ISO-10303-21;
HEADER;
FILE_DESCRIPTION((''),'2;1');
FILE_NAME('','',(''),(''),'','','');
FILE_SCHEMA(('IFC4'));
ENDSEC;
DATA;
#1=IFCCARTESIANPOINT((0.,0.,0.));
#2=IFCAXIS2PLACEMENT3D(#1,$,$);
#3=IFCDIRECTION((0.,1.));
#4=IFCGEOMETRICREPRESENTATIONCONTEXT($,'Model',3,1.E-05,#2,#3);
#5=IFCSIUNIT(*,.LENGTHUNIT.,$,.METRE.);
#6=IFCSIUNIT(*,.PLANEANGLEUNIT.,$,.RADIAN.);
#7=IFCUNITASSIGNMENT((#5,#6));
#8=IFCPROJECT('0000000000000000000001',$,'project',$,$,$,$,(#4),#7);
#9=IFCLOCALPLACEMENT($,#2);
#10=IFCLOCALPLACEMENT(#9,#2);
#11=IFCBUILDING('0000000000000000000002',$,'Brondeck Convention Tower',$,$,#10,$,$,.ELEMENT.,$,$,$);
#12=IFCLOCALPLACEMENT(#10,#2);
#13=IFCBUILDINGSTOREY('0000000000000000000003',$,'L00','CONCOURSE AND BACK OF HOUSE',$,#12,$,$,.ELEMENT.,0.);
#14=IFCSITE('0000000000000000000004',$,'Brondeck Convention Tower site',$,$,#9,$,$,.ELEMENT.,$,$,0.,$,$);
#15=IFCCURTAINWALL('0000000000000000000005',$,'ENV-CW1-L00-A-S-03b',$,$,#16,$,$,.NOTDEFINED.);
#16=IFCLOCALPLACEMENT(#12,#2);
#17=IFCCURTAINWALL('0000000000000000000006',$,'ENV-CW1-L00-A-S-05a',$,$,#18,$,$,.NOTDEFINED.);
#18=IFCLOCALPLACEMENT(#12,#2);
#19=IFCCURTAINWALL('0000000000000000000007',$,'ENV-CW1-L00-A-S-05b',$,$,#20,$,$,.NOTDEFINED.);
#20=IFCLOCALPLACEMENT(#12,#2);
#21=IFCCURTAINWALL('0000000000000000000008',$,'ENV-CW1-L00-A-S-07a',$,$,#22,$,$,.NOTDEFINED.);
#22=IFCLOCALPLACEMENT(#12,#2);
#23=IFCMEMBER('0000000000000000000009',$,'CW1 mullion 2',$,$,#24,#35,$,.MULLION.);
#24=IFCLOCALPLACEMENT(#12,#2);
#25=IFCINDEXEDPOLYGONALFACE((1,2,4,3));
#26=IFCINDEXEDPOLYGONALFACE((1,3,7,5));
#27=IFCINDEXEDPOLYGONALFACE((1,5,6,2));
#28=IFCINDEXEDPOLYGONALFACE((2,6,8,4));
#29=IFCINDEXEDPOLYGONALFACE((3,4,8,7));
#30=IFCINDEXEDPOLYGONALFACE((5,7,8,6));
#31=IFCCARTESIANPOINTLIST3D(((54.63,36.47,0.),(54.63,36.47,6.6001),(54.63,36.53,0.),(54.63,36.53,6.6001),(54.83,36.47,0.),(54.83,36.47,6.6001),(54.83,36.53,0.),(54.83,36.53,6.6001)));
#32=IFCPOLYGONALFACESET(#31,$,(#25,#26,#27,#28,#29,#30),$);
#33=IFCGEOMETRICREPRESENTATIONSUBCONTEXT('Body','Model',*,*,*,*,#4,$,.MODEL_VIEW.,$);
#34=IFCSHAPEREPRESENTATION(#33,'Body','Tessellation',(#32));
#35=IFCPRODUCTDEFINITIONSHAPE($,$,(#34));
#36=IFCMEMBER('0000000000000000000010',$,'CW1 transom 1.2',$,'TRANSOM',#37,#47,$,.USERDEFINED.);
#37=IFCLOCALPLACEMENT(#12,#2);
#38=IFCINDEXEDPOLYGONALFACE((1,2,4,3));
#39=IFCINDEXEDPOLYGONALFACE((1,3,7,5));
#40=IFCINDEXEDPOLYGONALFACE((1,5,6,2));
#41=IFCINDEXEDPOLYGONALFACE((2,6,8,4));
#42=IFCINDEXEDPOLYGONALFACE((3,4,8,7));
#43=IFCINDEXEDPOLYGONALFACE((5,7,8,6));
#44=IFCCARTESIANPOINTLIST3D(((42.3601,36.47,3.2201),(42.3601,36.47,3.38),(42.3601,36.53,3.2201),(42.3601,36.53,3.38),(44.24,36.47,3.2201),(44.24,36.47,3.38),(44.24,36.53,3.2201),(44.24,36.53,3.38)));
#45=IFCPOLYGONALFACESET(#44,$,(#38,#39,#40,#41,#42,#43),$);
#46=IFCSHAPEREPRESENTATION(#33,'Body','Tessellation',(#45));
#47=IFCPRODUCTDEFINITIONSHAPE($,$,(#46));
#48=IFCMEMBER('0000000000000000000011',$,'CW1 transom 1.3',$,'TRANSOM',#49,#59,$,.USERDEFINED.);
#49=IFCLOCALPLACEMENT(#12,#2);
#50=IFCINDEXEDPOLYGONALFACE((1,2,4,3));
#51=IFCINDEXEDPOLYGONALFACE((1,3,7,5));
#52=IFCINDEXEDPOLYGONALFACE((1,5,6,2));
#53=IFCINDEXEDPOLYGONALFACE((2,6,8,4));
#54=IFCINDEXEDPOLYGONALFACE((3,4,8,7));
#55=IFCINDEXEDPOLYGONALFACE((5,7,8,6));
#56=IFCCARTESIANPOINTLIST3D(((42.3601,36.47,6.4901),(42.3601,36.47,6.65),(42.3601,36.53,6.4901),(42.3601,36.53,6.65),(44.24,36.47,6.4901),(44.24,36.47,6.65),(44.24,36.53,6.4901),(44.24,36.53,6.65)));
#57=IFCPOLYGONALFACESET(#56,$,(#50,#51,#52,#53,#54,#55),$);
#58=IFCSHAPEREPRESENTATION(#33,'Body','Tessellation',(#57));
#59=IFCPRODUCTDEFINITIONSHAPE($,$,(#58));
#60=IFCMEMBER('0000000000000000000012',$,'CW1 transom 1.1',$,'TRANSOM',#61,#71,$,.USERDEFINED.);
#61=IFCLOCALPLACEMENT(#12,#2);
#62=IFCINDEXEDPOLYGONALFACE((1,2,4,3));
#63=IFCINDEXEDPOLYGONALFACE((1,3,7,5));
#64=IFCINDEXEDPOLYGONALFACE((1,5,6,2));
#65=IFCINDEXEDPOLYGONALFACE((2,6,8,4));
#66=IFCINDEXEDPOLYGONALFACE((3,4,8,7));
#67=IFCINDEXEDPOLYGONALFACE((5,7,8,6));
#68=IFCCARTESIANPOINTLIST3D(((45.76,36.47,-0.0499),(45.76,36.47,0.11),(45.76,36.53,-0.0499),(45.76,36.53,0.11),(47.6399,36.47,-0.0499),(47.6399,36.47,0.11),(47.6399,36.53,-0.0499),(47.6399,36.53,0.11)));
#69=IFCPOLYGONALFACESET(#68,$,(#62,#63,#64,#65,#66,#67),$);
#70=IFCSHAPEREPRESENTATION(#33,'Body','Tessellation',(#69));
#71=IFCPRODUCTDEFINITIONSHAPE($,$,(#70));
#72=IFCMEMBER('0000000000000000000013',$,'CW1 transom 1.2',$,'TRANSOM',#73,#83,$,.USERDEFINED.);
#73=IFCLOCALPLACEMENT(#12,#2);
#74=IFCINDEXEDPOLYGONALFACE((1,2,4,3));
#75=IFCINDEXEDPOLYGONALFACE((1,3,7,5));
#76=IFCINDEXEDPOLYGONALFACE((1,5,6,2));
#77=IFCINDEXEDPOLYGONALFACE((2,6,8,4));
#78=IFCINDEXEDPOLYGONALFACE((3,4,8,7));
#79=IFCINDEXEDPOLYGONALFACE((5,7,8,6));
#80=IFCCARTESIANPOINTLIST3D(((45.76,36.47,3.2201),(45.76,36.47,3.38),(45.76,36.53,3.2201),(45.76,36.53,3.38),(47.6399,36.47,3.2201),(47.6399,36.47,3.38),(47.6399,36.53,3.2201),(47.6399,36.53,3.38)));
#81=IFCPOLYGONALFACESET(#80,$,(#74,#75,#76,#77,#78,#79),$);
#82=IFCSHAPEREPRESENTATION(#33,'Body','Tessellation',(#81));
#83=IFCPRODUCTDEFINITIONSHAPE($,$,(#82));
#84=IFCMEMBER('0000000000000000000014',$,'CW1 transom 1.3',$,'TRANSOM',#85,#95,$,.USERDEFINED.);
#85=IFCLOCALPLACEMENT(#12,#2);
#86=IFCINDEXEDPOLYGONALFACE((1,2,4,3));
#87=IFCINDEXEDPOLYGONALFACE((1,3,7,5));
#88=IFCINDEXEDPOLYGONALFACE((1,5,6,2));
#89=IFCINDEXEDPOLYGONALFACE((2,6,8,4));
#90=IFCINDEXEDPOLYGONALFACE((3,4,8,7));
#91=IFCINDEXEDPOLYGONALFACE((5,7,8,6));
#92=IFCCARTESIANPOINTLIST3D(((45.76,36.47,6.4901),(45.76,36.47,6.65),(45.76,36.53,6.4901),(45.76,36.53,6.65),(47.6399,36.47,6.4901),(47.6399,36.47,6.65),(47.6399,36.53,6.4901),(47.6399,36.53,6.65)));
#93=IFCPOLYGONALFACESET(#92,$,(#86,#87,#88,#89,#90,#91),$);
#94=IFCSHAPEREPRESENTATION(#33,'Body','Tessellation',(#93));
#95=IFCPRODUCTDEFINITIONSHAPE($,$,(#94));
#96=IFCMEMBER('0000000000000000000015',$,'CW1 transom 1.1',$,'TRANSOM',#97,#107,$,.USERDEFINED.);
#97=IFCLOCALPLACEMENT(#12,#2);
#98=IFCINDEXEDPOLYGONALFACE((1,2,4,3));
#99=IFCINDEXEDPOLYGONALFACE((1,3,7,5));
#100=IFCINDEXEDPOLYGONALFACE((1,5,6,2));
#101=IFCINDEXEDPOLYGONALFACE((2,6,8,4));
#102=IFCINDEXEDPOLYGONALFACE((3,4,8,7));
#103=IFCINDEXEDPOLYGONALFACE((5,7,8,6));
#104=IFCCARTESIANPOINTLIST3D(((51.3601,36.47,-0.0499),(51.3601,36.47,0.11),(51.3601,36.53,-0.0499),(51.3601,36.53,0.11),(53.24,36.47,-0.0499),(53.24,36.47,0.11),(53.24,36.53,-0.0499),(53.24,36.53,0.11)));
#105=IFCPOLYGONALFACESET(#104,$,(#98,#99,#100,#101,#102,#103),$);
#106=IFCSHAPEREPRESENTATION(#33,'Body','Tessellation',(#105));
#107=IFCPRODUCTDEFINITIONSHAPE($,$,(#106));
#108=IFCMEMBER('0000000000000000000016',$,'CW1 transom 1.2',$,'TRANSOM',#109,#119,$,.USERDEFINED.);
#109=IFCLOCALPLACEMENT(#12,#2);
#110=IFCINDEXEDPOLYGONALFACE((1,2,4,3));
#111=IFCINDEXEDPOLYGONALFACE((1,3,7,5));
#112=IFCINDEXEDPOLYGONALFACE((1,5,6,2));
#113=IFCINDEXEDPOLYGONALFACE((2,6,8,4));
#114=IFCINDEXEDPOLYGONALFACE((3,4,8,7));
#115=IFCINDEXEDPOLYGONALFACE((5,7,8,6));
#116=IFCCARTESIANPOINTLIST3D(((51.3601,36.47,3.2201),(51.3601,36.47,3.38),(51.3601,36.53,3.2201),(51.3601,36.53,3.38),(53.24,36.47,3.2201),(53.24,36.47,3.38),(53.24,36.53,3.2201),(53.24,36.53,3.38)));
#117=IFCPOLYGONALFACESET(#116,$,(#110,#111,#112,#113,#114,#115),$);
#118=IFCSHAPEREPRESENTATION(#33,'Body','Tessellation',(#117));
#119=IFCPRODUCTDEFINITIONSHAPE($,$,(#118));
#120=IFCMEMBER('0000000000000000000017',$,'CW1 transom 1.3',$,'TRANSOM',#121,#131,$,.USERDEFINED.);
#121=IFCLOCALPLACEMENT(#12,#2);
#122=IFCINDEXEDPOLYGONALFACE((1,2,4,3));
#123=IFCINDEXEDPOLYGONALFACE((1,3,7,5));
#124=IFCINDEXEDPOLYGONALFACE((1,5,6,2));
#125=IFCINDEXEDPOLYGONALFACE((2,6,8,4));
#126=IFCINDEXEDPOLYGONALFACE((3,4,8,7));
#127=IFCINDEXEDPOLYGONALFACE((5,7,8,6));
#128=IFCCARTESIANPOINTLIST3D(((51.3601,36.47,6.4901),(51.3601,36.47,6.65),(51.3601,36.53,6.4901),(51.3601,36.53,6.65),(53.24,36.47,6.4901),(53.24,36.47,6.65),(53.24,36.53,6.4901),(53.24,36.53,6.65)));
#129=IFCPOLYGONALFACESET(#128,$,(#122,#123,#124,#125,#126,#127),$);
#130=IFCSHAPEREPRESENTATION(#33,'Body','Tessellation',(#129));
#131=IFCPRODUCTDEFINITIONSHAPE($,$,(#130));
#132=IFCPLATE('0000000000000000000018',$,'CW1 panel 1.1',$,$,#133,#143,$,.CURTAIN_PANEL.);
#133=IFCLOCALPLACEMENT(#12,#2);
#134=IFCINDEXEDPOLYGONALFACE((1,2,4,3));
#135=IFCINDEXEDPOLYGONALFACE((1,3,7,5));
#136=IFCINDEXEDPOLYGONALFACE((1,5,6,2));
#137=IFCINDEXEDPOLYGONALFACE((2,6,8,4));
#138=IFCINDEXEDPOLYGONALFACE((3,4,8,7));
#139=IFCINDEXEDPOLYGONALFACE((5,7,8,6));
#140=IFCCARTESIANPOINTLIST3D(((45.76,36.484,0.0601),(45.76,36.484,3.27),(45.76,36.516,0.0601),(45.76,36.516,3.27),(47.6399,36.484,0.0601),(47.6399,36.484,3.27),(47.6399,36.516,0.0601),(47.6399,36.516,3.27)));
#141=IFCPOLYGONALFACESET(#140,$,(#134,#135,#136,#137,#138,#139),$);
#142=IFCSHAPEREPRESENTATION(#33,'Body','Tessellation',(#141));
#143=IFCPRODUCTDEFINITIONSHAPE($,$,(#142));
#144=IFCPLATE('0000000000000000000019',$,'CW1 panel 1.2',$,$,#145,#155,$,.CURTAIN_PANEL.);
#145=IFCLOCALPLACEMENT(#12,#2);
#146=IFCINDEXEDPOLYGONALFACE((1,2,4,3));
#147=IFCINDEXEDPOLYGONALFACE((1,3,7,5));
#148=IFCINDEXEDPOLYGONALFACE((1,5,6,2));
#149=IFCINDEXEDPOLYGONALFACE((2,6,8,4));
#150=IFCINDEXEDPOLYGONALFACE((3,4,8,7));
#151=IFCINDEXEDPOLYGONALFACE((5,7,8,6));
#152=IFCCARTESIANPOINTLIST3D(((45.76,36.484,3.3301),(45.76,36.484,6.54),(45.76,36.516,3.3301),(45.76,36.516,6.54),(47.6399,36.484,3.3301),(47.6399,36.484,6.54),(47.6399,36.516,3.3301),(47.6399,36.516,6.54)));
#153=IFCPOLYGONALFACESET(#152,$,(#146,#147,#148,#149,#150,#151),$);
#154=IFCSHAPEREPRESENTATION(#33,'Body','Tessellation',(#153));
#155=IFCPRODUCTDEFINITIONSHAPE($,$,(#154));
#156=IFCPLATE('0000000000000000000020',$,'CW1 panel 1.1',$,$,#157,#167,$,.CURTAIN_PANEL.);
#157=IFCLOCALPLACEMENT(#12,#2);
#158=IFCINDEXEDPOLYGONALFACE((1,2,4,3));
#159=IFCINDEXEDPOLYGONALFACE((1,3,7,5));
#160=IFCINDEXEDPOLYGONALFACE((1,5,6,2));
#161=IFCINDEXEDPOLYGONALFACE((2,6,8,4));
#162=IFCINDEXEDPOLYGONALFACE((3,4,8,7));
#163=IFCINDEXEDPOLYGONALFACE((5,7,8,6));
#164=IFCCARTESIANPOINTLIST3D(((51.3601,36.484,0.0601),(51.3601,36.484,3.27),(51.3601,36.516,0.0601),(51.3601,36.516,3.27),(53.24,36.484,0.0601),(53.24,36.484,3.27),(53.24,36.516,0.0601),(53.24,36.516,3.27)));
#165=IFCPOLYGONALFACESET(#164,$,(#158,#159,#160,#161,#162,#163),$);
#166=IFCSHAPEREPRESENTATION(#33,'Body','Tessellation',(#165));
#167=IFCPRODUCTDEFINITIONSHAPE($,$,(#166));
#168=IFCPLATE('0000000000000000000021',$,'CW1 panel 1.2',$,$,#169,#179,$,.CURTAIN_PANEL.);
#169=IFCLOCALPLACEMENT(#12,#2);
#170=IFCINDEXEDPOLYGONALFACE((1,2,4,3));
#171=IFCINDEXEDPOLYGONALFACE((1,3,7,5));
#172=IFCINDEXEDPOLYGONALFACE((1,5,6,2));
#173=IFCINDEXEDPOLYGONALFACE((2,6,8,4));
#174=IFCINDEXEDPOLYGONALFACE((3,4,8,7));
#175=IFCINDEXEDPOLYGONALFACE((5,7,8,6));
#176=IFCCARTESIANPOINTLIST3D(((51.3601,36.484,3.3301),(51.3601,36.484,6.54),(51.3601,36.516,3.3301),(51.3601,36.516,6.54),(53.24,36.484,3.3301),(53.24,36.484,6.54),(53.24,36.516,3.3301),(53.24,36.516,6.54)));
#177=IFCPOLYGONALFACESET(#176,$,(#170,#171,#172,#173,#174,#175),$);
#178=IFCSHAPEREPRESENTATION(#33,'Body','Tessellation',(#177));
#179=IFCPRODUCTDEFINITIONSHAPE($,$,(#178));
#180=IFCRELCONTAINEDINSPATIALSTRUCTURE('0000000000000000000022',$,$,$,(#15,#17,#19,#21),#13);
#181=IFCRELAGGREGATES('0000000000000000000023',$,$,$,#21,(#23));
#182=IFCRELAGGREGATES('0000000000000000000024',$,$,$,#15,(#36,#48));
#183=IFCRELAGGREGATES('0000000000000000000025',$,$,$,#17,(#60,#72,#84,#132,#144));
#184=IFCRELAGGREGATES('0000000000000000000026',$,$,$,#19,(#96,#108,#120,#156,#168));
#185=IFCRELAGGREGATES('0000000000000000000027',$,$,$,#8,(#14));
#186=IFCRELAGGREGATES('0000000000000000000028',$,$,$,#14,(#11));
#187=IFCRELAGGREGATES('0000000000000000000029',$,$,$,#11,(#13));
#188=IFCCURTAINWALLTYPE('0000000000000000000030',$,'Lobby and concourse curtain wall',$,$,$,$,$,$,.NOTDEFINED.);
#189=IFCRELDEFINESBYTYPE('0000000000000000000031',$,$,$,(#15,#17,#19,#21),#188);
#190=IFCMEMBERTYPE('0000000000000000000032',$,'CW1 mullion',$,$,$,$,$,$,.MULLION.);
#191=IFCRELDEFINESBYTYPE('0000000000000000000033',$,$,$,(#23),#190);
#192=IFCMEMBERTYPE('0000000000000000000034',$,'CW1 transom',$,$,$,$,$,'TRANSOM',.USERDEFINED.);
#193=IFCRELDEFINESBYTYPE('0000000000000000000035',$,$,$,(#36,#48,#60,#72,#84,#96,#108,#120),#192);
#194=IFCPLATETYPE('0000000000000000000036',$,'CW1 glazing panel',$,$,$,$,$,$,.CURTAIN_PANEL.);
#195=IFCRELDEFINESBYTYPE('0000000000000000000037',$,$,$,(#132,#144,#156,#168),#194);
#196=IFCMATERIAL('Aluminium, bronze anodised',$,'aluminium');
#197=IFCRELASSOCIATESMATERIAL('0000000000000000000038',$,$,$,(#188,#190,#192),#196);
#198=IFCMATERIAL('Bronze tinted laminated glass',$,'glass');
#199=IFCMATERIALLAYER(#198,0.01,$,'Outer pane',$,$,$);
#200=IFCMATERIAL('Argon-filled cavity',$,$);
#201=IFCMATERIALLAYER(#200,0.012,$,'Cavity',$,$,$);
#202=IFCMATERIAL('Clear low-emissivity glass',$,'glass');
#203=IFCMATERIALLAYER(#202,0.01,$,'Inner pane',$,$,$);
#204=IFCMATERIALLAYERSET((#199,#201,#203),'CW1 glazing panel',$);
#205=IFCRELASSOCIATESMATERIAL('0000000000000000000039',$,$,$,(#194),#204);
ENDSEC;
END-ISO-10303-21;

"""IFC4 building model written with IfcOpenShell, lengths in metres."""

from ifc_helpers import new_model, si_unit, direction, frame, origin, origin_2d, place, context, subcontext, project, spatial, rectangle, extrude, material, layer, layer_set, material_profile, profile_set, type_object, element, aggregate, save


model = new_model("IFC4")

# Units and contexts
model_context = context("Model", 3, precision=1e-05, world=origin(), true_north=direction((0.0, 1.0)))
body_context = subcontext(model_context, "Body", "Model", "MODEL_VIEW")
ifc_project = project(units=[si_unit("LENGTHUNIT", "METRE"), si_unit("PLANEANGLEUNIT", "RADIAN")], contexts=[model_context])

# Site, building, storey
site_placement = place(None, origin())
site = spatial("IfcSite", under=ifc_project, at=site_placement, Name="Brondeck Convention Tower site", CompositionType="ELEMENT", RefElevation=0.0)
building_placement = place(site_placement, origin())
building = spatial("IfcBuilding", under=site, at=building_placement, Name="Brondeck Convention Tower", CompositionType="ELEMENT")
storey_placement = place(building_placement, origin())
storey = spatial("IfcBuildingStorey", under=building, at=storey_placement, Name="L00", Description="CONCOURSE AND BACK OF HOUSE", CompositionType="ELEMENT", Elevation=0.0)

# Curtain wall
ifc_material_1 = material(Name="Aluminium, bronze anodised", Category="aluminium")
curtain_wall_type = type_object("IfcCurtainWallType", Name="Lobby and concourse curtain wall", PredefinedType="NOTDEFINED", material=ifc_material_1)
curtain_wall_1_placement = place(storey_placement, origin())
curtain_wall_1 = element("IfcCurtainWall", 1, at=curtain_wall_1_placement, inside=storey, type_object=curtain_wall_type, Name="ENV-CW1-L00-A-S-03b", PredefinedType="NOTDEFINED")
ifc_material_profile_1 = material_profile(ifc_material_1, rectangle(XDim=0.0601, YDim=0.2, at=origin_2d()), Name="CW1 mullion")
ifc_profile_set_1 = profile_set([ifc_material_profile_1], Name="Aluminium, bronze anodised")
member_type_1 = type_object("IfcMemberType", Name="CW1 mullion", PredefinedType="MULLION", material=ifc_profile_set_1)

# Curtain walls
curtain_wall_2_placement = place(storey_placement, origin())
curtain_wall_2 = element("IfcCurtainWall", 2, at=curtain_wall_2_placement, inside=storey, type_object=curtain_wall_type, Name="ENV-CW1-L00-A-S-05a", PredefinedType="NOTDEFINED")
curtain_wall_3_placement = place(storey_placement, origin())
curtain_wall_3 = element("IfcCurtainWall", 3, at=curtain_wall_3_placement, inside=storey, type_object=curtain_wall_type, Name="ENV-CW1-L00-A-S-05b", PredefinedType="NOTDEFINED")

# Curtain wall, member
curtain_wall_4_placement = place(storey_placement, origin())
curtain_wall_4 = element("IfcCurtainWall", 4, at=curtain_wall_4_placement, inside=storey, type_object=curtain_wall_type, Name="ENV-CW1-L00-A-S-07a", PredefinedType="NOTDEFINED")
member_1_placement = place(storey_placement, frame((54.73, 36.5, 0.0), z_axis=(0.0, 0.0, 1.0), x_axis=(0.0, -1.0, 0.0)))
member_1 = element("IfcMember", 5, at=member_1_placement, type_object=member_type_1, Name="CW1 mullion 2", PredefinedType="MULLION", context=body_context, shape_type="SweptSolid", body=[
    extrude(rectangle(XDim=0.0601, YDim=0.2, at=origin_2d()), origin(), (0.0, 0.0, 1.0), 6.6001),
])
aggregate(curtain_wall_4, [member_1])

# Members
ifc_material_profile_2 = material_profile(ifc_material_1, rectangle(XDim=0.0601, YDim=0.1599, at=origin_2d()), Name="CW1 transom")
ifc_profile_set_2 = profile_set([ifc_material_profile_2], Name="Aluminium, bronze anodised")
member_type_2 = type_object("IfcMemberType", Name="CW1 transom", ElementType="TRANSOM", PredefinedType="USERDEFINED", material=ifc_profile_set_2)
member_2_placement = place(storey_placement, frame((44.24, 36.5, 3.3), z_axis=(-1.0, 0.0, 0.0), x_axis=(0.0, -1.0, 0.0)))
member_2 = element("IfcMember", 6, at=member_2_placement, type_object=member_type_2, Name="CW1 transom 1.2", ObjectType="TRANSOM", PredefinedType="USERDEFINED", context=body_context, shape_type="SweptSolid", body=[
    extrude(rectangle(XDim=0.0601, YDim=0.1599, at=origin_2d()), origin(), (0.0, 0.0, 1.0), 1.8799),
])
member_3_placement = place(storey_placement, frame((44.24, 36.5, 6.5701), z_axis=(-1.0, 0.0, 0.0), x_axis=(0.0, -1.0, 0.0)))
member_3 = element("IfcMember", 7, at=member_3_placement, type_object=member_type_2, Name="CW1 transom 1.3", ObjectType="TRANSOM", PredefinedType="USERDEFINED", context=body_context, shape_type="SweptSolid", body=[
    extrude(rectangle(XDim=0.0601, YDim=0.1599, at=origin_2d()), origin(), (0.0, 0.0, 1.0), 1.8799),
])
aggregate(curtain_wall_1, [member_2, member_3])
member_4_placement = place(storey_placement, frame((47.6399, 36.5, 0.03), z_axis=(-1.0, 0.0, 0.0), x_axis=(0.0, -1.0, 0.0)))
member_4 = element("IfcMember", 8, at=member_4_placement, type_object=member_type_2, Name="CW1 transom 1.1", ObjectType="TRANSOM", PredefinedType="USERDEFINED", context=body_context, shape_type="SweptSolid", body=[
    extrude(rectangle(XDim=0.0601, YDim=0.1599, at=origin_2d()), origin(), (0.0, 0.0, 1.0), 1.8799),
])
member_5_placement = place(storey_placement, frame((47.6399, 36.5, 3.3), z_axis=(-1.0, 0.0, 0.0), x_axis=(0.0, -1.0, 0.0)))
member_5 = element("IfcMember", 9, at=member_5_placement, type_object=member_type_2, Name="CW1 transom 1.2", ObjectType="TRANSOM", PredefinedType="USERDEFINED", context=body_context, shape_type="SweptSolid", body=[
    extrude(rectangle(XDim=0.0601, YDim=0.1599, at=origin_2d()), origin(), (0.0, 0.0, 1.0), 1.8799),
])
member_6_placement = place(storey_placement, frame((47.6399, 36.5, 6.5701), z_axis=(-1.0, 0.0, 0.0), x_axis=(0.0, -1.0, 0.0)))
member_6 = element("IfcMember", 10, at=member_6_placement, type_object=member_type_2, Name="CW1 transom 1.3", ObjectType="TRANSOM", PredefinedType="USERDEFINED", context=body_context, shape_type="SweptSolid", body=[
    extrude(rectangle(XDim=0.0601, YDim=0.1599, at=origin_2d()), origin(), (0.0, 0.0, 1.0), 1.8799),
])
member_7_placement = place(storey_placement, frame((53.24, 36.5, 0.03), z_axis=(-1.0, 0.0, 0.0), x_axis=(0.0, -1.0, 0.0)))
member_7 = element("IfcMember", 11, at=member_7_placement, type_object=member_type_2, Name="CW1 transom 1.1", ObjectType="TRANSOM", PredefinedType="USERDEFINED", context=body_context, shape_type="SweptSolid", body=[
    extrude(rectangle(XDim=0.0601, YDim=0.1599, at=origin_2d()), origin(), (0.0, 0.0, 1.0), 1.8799),
])
member_8_placement = place(storey_placement, frame((53.24, 36.5, 3.3), z_axis=(-1.0, 0.0, 0.0), x_axis=(0.0, -1.0, 0.0)))
member_8 = element("IfcMember", 12, at=member_8_placement, type_object=member_type_2, Name="CW1 transom 1.2", ObjectType="TRANSOM", PredefinedType="USERDEFINED", context=body_context, shape_type="SweptSolid", body=[
    extrude(rectangle(XDim=0.0601, YDim=0.1599, at=origin_2d()), origin(), (0.0, 0.0, 1.0), 1.8799),
])
member_9_placement = place(storey_placement, frame((53.24, 36.5, 6.5701), z_axis=(-1.0, 0.0, 0.0), x_axis=(0.0, -1.0, 0.0)))
member_9 = element("IfcMember", 13, at=member_9_placement, type_object=member_type_2, Name="CW1 transom 1.3", ObjectType="TRANSOM", PredefinedType="USERDEFINED", context=body_context, shape_type="SweptSolid", body=[
    extrude(rectangle(XDim=0.0601, YDim=0.1599, at=origin_2d()), origin(), (0.0, 0.0, 1.0), 1.8799),
])

# Plates
ifc_material_2 = material(Name="Bronze tinted laminated glass", Category="glass")
ifc_layer_1 = layer(ifc_material_2, 0.01, Name="Outer pane")
ifc_material_3 = material(Name="Argon-filled cavity")
ifc_layer_2 = layer(ifc_material_3, 0.012, Name="Cavity")
ifc_material_4 = material(Name="Clear low-emissivity glass", Category="glass")
ifc_layer_3 = layer(ifc_material_4, 0.01, Name="Inner pane")
ifc_layer_set_1 = layer_set([ifc_layer_1, ifc_layer_2, ifc_layer_3], Name="CW1 glazing panel")
plate_type = type_object("IfcPlateType", Name="CW1 glazing panel", PredefinedType="CURTAIN_PANEL", material=ifc_layer_set_1)
plate_1_placement = place(storey_placement, frame((46.7, 36.5, 0.0601), z_axis=(0.0, 0.0, 1.0), x_axis=(-1.0, 0.0, 0.0)))
plate_1 = element("IfcPlate", 14, at=plate_1_placement, type_object=plate_type, Name="CW1 panel 1.1", PredefinedType="CURTAIN_PANEL", context=body_context, shape_type="SweptSolid", body=[
    extrude(rectangle(XDim=1.8799, YDim=0.032, at=origin_2d()), origin(), (0.0, 0.0, 1.0), 3.21),
])
plate_2_placement = place(storey_placement, frame((46.7, 36.5, 3.3301), z_axis=(0.0, 0.0, 1.0), x_axis=(-1.0, 0.0, 0.0)))
plate_2 = element("IfcPlate", 15, at=plate_2_placement, type_object=plate_type, Name="CW1 panel 1.2", PredefinedType="CURTAIN_PANEL", context=body_context, shape_type="SweptSolid", body=[
    extrude(rectangle(XDim=1.8799, YDim=0.032, at=origin_2d()), origin(), (0.0, 0.0, 1.0), 3.21),
])
aggregate(curtain_wall_2, [member_4, member_5, member_6, plate_1, plate_2])
plate_3_placement = place(storey_placement, frame((52.3, 36.5, 0.0601), z_axis=(0.0, 0.0, 1.0), x_axis=(-1.0, 0.0, 0.0)))
plate_3 = element("IfcPlate", 16, at=plate_3_placement, type_object=plate_type, Name="CW1 panel 1.1", PredefinedType="CURTAIN_PANEL", context=body_context, shape_type="SweptSolid", body=[
    extrude(rectangle(XDim=1.8799, YDim=0.032, at=origin_2d()), origin(), (0.0, 0.0, 1.0), 3.21),
])
plate_4_placement = place(storey_placement, frame((52.3, 36.5, 3.3301), z_axis=(0.0, 0.0, 1.0), x_axis=(-1.0, 0.0, 0.0)))
plate_4 = element("IfcPlate", 17, at=plate_4_placement, type_object=plate_type, Name="CW1 panel 1.2", PredefinedType="CURTAIN_PANEL", context=body_context, shape_type="SweptSolid", body=[
    extrude(rectangle(XDim=1.8799, YDim=0.032, at=origin_2d()), origin(), (0.0, 0.0, 1.0), 3.21),
])
aggregate(curtain_wall_3, [member_7, member_8, member_9, plate_3, plate_4])

save(model, "model.ifc")
